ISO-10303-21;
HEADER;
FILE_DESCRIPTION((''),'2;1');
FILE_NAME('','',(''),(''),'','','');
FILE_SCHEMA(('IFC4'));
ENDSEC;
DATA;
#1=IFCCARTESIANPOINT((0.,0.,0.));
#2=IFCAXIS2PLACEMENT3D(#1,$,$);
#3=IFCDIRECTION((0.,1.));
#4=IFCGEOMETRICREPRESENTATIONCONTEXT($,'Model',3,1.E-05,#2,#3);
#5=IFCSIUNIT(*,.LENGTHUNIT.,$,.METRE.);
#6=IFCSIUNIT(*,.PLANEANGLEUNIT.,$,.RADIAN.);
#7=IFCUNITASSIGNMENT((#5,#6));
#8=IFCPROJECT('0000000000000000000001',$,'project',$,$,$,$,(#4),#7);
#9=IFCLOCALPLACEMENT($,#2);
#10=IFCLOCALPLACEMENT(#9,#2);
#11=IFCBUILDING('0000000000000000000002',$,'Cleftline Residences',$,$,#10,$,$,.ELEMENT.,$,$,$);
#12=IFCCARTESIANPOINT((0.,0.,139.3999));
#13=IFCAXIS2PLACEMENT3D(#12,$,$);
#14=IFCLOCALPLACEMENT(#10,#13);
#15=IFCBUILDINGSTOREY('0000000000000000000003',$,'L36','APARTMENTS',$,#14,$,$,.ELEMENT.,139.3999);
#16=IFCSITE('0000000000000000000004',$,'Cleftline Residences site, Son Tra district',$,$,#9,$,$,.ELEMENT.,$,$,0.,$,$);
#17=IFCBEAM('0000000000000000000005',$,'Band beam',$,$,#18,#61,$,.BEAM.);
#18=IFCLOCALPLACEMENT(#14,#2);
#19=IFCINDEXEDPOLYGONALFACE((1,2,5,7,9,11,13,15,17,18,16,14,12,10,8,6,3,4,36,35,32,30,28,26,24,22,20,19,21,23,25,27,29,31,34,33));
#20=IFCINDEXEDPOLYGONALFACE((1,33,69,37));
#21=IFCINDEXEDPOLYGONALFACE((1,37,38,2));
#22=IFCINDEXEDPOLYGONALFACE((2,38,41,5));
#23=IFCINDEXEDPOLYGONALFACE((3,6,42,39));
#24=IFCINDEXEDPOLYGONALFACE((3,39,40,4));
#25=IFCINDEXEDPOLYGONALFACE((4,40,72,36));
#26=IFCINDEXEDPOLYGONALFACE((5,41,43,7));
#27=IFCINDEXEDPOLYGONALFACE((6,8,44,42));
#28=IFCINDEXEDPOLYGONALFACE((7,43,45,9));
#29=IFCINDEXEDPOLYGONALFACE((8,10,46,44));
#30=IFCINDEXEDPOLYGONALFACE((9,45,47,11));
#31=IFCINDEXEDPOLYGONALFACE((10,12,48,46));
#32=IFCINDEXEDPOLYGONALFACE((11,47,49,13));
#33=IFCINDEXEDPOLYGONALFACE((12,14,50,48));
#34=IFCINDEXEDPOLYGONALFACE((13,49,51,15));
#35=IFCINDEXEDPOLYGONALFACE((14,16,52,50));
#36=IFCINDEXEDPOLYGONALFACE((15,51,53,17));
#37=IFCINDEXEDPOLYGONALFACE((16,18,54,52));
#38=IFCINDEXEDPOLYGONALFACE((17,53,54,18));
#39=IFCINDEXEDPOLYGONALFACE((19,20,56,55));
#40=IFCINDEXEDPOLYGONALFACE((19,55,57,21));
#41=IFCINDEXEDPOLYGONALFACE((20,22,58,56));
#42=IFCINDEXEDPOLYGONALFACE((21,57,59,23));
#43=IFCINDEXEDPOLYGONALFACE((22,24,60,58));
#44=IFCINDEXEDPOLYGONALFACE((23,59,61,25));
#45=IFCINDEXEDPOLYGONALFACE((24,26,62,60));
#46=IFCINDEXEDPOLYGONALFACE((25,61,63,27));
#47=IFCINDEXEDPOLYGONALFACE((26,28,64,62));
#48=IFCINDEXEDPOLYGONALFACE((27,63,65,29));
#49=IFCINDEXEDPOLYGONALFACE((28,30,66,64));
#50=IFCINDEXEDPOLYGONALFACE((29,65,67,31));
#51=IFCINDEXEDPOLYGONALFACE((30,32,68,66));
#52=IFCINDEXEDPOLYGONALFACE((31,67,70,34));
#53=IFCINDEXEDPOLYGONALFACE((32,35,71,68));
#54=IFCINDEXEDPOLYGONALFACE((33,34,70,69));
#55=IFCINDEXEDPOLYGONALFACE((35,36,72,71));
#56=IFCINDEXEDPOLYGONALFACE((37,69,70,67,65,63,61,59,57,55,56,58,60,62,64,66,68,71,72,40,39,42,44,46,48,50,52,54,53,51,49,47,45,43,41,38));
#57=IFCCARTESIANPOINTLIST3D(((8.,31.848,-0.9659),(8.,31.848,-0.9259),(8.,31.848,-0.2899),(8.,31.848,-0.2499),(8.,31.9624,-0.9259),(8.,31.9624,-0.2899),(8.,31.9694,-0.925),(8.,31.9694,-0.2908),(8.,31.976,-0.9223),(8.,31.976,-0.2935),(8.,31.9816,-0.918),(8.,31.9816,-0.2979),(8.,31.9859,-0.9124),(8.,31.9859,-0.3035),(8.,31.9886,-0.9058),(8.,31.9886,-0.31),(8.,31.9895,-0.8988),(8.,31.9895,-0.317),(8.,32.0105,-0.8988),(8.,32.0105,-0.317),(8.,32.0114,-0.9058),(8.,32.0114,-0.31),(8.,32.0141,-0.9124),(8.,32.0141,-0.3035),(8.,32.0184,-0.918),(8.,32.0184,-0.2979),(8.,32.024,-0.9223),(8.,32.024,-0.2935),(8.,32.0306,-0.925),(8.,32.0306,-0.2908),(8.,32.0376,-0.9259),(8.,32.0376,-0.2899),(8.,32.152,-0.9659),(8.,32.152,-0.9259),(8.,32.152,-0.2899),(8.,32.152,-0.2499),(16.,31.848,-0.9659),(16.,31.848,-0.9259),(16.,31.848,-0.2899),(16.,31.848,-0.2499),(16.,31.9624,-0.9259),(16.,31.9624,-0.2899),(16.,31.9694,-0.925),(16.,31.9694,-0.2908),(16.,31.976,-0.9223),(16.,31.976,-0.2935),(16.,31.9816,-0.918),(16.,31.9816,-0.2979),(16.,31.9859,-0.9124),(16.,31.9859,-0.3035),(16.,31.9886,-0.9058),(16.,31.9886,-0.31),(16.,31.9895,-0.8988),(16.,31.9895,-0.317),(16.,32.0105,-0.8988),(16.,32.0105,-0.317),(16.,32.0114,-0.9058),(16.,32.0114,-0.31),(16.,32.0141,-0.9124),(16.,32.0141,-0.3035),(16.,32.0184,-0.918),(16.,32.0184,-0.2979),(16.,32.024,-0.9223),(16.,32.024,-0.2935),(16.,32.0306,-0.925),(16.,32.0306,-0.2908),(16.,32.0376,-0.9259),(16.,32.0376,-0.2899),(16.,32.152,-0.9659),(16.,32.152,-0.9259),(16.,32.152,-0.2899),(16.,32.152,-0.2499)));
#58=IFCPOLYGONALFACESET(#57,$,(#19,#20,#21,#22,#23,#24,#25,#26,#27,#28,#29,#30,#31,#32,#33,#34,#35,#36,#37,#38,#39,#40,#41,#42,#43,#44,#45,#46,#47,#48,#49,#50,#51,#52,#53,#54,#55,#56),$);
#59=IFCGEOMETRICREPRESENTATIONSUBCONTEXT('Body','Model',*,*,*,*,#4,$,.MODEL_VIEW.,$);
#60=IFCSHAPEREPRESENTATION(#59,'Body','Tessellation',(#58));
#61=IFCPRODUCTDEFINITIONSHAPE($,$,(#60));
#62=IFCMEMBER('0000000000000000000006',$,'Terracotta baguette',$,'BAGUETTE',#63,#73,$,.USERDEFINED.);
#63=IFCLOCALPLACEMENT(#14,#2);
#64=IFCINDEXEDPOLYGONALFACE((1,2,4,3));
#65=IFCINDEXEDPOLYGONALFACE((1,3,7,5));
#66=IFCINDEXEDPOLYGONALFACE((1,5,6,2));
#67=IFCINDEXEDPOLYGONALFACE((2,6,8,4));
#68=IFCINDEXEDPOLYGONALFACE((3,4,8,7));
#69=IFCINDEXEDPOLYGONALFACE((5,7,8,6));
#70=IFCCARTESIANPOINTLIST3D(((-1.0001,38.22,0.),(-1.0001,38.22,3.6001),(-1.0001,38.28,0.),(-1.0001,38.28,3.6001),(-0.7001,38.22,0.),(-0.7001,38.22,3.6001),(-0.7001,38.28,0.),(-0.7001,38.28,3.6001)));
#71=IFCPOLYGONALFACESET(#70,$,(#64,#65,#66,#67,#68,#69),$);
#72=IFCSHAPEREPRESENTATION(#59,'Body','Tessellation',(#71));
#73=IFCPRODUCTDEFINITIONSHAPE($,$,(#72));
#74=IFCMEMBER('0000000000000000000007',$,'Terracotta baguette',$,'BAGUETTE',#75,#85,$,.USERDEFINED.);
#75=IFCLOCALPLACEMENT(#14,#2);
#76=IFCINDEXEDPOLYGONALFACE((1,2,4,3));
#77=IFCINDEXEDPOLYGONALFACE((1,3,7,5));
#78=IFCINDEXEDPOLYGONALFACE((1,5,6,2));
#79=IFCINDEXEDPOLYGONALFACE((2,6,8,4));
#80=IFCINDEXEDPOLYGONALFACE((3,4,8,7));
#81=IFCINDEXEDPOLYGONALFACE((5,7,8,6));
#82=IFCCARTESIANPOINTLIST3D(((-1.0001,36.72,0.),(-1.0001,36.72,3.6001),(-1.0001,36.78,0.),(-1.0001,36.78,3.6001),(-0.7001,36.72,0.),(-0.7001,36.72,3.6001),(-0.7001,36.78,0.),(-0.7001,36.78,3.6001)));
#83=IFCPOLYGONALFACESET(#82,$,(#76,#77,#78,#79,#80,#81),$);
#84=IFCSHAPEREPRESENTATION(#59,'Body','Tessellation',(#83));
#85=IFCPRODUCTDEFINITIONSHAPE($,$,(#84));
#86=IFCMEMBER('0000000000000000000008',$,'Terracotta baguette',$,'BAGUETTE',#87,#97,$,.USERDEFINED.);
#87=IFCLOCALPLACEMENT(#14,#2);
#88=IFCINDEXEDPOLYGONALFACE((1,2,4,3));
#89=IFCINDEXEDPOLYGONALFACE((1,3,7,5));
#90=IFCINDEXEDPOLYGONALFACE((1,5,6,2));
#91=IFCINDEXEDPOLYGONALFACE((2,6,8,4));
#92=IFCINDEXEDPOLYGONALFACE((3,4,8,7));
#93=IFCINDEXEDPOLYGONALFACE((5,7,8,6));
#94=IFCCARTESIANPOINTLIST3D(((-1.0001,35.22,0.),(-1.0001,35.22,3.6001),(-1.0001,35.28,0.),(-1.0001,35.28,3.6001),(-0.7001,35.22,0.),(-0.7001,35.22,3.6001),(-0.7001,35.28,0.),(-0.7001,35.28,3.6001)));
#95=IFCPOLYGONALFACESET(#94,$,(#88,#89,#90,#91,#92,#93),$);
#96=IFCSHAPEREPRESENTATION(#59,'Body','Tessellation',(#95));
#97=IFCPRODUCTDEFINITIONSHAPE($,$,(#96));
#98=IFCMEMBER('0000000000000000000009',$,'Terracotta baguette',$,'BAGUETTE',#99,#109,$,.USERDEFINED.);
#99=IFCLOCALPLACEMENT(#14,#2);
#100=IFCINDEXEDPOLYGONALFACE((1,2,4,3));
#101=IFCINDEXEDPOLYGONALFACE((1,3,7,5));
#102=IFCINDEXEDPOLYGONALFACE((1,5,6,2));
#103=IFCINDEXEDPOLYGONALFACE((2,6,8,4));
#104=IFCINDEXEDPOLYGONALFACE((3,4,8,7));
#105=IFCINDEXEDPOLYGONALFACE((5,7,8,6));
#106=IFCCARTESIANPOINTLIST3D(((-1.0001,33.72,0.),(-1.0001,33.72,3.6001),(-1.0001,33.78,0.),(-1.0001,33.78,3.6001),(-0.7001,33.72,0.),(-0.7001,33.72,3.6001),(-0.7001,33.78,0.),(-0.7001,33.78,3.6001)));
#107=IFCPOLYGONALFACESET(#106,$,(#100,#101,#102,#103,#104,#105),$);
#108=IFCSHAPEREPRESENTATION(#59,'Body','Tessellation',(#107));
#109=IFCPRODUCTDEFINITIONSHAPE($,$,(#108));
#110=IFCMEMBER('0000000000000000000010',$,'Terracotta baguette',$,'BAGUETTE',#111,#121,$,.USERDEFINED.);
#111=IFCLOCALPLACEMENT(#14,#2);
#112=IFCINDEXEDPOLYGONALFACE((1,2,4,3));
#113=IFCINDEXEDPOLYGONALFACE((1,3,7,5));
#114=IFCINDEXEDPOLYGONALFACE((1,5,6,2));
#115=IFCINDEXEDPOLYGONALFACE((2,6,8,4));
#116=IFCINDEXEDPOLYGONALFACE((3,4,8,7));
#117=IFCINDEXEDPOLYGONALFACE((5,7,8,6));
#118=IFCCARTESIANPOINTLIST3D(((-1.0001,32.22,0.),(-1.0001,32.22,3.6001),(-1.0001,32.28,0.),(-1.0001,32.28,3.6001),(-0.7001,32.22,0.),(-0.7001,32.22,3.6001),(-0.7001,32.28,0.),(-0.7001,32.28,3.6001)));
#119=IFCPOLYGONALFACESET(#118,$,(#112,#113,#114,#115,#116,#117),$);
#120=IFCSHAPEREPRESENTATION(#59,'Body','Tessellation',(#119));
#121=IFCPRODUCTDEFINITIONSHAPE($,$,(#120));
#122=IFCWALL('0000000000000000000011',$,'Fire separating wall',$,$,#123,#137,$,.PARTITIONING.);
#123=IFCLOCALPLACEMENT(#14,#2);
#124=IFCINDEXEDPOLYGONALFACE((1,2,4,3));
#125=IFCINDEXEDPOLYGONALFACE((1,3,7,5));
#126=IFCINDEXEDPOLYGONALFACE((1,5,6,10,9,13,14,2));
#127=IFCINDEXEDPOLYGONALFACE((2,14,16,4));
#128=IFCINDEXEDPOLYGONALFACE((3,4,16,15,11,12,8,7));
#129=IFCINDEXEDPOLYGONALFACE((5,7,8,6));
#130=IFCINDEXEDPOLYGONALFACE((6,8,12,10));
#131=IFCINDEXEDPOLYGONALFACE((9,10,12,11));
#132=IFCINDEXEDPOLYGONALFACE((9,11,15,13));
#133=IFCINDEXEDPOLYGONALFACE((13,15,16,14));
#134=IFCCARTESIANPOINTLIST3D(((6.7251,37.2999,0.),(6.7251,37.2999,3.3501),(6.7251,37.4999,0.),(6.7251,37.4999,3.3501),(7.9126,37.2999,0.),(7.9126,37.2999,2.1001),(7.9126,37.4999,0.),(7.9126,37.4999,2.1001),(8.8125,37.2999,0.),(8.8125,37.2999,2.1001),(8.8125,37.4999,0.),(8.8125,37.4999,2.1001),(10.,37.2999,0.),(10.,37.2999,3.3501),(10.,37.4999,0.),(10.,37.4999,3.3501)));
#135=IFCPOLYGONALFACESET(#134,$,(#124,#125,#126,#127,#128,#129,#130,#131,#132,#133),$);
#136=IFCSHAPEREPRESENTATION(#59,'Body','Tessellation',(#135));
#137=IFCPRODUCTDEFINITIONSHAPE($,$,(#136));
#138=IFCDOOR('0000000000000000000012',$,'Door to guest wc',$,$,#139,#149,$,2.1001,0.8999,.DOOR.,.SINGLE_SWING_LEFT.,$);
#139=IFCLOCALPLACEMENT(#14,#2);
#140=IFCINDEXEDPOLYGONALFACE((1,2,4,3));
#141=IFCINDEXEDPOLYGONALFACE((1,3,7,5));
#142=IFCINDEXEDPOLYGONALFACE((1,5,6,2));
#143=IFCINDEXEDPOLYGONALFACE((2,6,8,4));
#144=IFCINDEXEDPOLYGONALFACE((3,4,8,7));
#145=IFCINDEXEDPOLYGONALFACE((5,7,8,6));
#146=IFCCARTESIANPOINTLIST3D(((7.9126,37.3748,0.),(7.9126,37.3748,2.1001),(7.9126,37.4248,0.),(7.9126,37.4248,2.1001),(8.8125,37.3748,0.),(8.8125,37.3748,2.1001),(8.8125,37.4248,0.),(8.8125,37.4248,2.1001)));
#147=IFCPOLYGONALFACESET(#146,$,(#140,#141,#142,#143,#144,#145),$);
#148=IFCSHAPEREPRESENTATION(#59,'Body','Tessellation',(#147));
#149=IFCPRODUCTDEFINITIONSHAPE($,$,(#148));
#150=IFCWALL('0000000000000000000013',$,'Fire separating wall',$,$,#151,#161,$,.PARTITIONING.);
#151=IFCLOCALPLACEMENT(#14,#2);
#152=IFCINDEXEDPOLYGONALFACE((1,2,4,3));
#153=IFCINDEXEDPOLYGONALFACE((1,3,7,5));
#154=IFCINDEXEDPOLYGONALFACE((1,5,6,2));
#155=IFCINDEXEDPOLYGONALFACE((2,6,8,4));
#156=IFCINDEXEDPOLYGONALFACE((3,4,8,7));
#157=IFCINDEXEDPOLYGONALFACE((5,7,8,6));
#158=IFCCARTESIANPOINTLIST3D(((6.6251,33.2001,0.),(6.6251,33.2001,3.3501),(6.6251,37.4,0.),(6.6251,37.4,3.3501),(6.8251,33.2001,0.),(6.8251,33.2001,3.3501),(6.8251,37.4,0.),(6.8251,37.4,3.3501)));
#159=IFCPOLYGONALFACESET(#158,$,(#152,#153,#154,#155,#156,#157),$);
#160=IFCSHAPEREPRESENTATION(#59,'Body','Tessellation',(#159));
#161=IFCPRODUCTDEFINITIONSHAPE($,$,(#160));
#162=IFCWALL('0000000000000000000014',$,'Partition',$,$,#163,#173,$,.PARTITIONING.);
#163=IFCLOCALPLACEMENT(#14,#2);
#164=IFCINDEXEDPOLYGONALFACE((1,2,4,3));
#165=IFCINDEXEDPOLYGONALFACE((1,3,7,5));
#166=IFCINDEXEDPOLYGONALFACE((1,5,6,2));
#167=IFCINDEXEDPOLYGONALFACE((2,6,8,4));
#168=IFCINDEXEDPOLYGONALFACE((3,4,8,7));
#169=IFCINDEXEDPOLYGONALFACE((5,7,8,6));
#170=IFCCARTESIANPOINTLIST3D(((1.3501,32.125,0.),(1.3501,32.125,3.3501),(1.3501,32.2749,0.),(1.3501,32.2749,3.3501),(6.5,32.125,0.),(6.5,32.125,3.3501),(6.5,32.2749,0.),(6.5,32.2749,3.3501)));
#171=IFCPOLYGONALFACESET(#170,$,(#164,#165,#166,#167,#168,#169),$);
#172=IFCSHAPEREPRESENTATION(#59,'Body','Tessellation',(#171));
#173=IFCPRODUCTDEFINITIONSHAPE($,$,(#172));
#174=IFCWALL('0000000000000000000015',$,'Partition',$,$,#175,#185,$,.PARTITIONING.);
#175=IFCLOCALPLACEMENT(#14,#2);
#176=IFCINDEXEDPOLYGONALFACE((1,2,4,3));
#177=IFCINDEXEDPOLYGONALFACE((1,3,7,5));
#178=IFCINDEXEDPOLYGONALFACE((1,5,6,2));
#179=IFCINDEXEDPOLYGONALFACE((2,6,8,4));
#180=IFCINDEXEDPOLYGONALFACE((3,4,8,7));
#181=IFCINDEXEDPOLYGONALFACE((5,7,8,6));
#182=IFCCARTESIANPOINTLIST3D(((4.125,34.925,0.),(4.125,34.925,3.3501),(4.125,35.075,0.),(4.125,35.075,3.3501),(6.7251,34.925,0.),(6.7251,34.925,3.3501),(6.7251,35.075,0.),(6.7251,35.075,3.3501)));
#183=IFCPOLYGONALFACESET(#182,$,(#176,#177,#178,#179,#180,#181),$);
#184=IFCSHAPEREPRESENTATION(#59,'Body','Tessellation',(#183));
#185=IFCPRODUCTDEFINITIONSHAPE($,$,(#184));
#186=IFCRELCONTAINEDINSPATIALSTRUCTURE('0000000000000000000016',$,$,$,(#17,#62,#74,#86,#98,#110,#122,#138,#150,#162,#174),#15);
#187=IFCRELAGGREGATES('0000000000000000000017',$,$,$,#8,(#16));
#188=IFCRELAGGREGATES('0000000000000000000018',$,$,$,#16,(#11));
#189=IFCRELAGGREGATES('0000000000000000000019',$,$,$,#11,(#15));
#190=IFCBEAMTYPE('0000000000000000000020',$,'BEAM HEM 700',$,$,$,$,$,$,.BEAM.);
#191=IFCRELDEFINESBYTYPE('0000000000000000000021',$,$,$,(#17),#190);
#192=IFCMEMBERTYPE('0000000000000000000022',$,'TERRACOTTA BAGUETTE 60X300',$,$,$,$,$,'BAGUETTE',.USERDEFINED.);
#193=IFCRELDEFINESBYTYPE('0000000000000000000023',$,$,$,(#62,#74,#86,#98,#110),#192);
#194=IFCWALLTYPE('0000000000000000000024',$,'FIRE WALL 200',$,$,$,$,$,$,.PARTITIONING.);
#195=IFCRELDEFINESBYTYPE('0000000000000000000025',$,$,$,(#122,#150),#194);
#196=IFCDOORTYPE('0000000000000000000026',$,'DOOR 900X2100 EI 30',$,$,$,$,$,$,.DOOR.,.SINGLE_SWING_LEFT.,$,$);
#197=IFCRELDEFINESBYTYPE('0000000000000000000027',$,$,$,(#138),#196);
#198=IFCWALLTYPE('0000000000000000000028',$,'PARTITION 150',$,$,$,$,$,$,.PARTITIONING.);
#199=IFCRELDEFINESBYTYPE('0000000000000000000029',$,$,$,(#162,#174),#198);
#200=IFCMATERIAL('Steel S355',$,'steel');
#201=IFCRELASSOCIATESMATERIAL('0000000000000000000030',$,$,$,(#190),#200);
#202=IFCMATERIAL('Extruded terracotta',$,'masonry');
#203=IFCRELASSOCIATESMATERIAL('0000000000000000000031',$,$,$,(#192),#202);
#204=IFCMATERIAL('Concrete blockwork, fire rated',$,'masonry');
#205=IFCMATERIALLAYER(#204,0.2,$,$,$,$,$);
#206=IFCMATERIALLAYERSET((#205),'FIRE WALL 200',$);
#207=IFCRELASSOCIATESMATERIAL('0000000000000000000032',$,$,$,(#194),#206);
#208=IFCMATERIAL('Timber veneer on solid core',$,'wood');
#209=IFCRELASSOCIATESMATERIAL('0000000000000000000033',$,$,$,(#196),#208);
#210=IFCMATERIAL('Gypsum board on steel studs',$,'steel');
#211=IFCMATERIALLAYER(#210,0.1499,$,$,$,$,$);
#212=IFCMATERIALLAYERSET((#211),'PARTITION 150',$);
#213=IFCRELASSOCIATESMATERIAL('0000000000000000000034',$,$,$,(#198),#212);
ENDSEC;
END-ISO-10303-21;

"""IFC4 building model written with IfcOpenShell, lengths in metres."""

from ifc_helpers import new_model, si_unit, direction, frame, frame_2d, origin, origin_2d, place, context, subcontext, project, spatial, rectangle, i_section, extrude, material, layer, layer_set, material_profile, profile_set, type_object, element, fill, save


model = new_model("IFC4")

# Units and contexts
model_context = context("Model", 3, precision=1e-05, world=origin(), true_north=direction((0.0, 1.0)))
body_context = subcontext(model_context, "Body", "Model", "MODEL_VIEW")
ifc_project = project(units=[si_unit("LENGTHUNIT", "METRE"), si_unit("PLANEANGLEUNIT", "RADIAN")], contexts=[model_context])

# Site, building, storey
site_placement = place(None, origin())
site = spatial("IfcSite", under=ifc_project, at=site_placement, Name="Cleftline Residences site, Son Tra district", CompositionType="ELEMENT", RefElevation=0.0)
building_placement = place(site_placement, origin())
building = spatial("IfcBuilding", under=site, at=building_placement, Name="Cleftline Residences", CompositionType="ELEMENT")
storey_placement = place(building_placement, frame((0.0, 0.0, 139.3999)))
storey = spatial("IfcBuildingStorey", under=building, at=storey_placement, Name="L36", Description="APARTMENTS", CompositionType="ELEMENT", Elevation=139.3999)

# Beam
ifc_material_1 = material(Name="Steel S355", Category="steel")
ifc_material_profile_1 = material_profile(ifc_material_1, i_section(OverallWidth=0.304, OverallDepth=0.7161, WebThickness=0.021, FlangeThickness=0.04, FilletRadius=0.0271, at=origin_2d()))
ifc_profile_set_1 = profile_set([ifc_material_profile_1], Name="Steel S355")
beam_type = type_object("IfcBeamType", Name="BEAM HEM 700", PredefinedType="BEAM", material=ifc_profile_set_1)
beam_placement = place(storey_placement, frame((8.0, 32.0, -0.6079), z_axis=(1.0, 0.0, 0.0), x_axis=(0.0, 1.0, 0.0)))
element("IfcBeam", 1, at=beam_placement, inside=storey, type_object=beam_type, Name="Band beam", PredefinedType="BEAM", context=body_context, shape_type="SweptSolid", body=[
    extrude(i_section(OverallWidth=0.304, OverallDepth=0.7161, WebThickness=0.021, FlangeThickness=0.04, FilletRadius=0.0271, at=origin_2d()), origin(), (0.0, 0.0, 1.0), 8.0),
])

# Members
ifc_material_2 = material(Name="Extruded terracotta", Category="masonry")
ifc_material_profile_2 = material_profile(ifc_material_2, rectangle(XDim=0.0601, YDim=0.3, at=origin_2d()))
ifc_profile_set_2 = profile_set([ifc_material_profile_2], Name="Extruded terracotta")
member_type = type_object("IfcMemberType", Name="TERRACOTTA BAGUETTE 60X300", ElementType="BAGUETTE", PredefinedType="USERDEFINED", material=ifc_profile_set_2)
for number, where, z_axis, x_axis, name in (
    (2, (-0.8501, 38.25, 0.0), (0.0, 0.0, 1.0), (0.0, 1.0, 0.0), "Terracotta baguette"),
    (3, (-0.8501, 36.75, 0.0), (0.0, 0.0, 1.0), (0.0, 1.0, 0.0), "Terracotta baguette"),
    (4, (-0.8501, 35.25, 0.0), (0.0, 0.0, 1.0), (0.0, 1.0, 0.0), "Terracotta baguette"),
    (5, (-0.8501, 33.75, 0.0), (0.0, 0.0, 1.0), (0.0, 1.0, 0.0), "Terracotta baguette"),
    (6, (-0.8501, 32.25, 0.0), (0.0, 0.0, 1.0), (0.0, 1.0, 0.0), "Terracotta baguette"),
):
    element("IfcMember", number, at=place(storey_placement, frame(where, z_axis=z_axis, x_axis=x_axis)), inside=storey, type_object=member_type, Name=name, ObjectType="BAGUETTE", PredefinedType="USERDEFINED", context=body_context, shape_type="SweptSolid", body=[
        extrude(rectangle(XDim=0.0601, YDim=0.3, at=origin_2d()), origin(), (0.0, 0.0, 1.0), 3.6001),
    ])

# Wall, opening, door
ifc_material_3 = material(Name="Concrete blockwork, fire rated", Category="masonry")
ifc_layer_1 = layer(ifc_material_3, 0.2)
ifc_layer_set_1 = layer_set([ifc_layer_1], Name="FIRE WALL 200")
wall_type_1 = type_object("IfcWallType", Name="FIRE WALL 200", PredefinedType="PARTITIONING", material=ifc_layer_set_1)
wall_1_placement = place(storey_placement, frame((6.7251, 37.3999, 0.0), z_axis=(0.0, 0.0, 1.0), x_axis=(1.0, 0.0, 0.0)))
wall_1 = element("IfcWall", 7, at=wall_1_placement, inside=storey, type_object=wall_type_1, Name="Fire separating wall", PredefinedType="PARTITIONING", context=body_context, shape_type="SweptSolid", body=[
    extrude(rectangle(XDim=3.2749, YDim=0.2, at=frame_2d((1.6375, 0.0))), origin(), (0.0, 0.0, 1.0), 3.3501),
])
opening_1_placement = place(wall_1_placement, frame((1.1875, 0.0, 0.0)))
opening_1 = element("IfcOpeningElement", 8, at=opening_1_placement, cuts=wall_1, PredefinedType="OPENING", context=body_context, shape_type="SweptSolid", body=[
    extrude(rectangle(XDim=0.8999, YDim=2.1001, at=frame_2d((0.45, 1.05))), frame((0.0, 0.1099, 0.0), z_axis=(0.0, -1.0, 0.0), x_axis=(1.0, 0.0, 0.0)), (0.0, 0.0, 1.0), 0.22),
])
ifc_material_4 = material(Name="Timber veneer on solid core", Category="wood")
door_type_1 = type_object("IfcDoorType", Name="DOOR 900X2100 EI 30", OperationType="SINGLE_SWING_LEFT", PredefinedType="DOOR", material=ifc_material_4)
door_1_placement = place(opening_1_placement, origin())
door_1 = element("IfcDoor", 9, at=door_1_placement, inside=storey, type_object=door_type_1, Name="Door to guest wc", OperationType="SINGLE_SWING_LEFT", OverallHeight=2.1001, OverallWidth=0.8999, PredefinedType="DOOR", context=body_context, shape_type="SweptSolid", body=[
    extrude(rectangle(XDim=0.8999, YDim=2.1001, at=frame_2d((0.45, 1.05))), frame((0.0, 0.0249, 0.0), z_axis=(0.0, -1.0, 0.0), x_axis=(1.0, 0.0, 0.0)), (0.0, 0.0, 1.0), 0.05),
])
fill(opening_1, door_1)

# Walls
wall_2_placement = place(storey_placement, frame((6.7251, 33.2, 0.0), z_axis=(0.0, 0.0, 1.0), x_axis=(0.0, 1.0, 0.0)))
element("IfcWall", 10, at=wall_2_placement, inside=storey, type_object=wall_type_1, Name="Fire separating wall", PredefinedType="PARTITIONING", context=body_context, shape_type="SweptSolid", body=[
    extrude(rectangle(XDim=4.2, YDim=0.2, at=frame_2d((2.1001, 0.0))), origin(), (0.0, 0.0, 1.0), 3.3501),
])
ifc_material_5 = material(Name="Gypsum board on steel studs", Category="steel")
ifc_layer_2 = layer(ifc_material_5, 0.1499)
ifc_layer_set_2 = layer_set([ifc_layer_2], Name="PARTITION 150")
wall_type_2 = type_object("IfcWallType", Name="PARTITION 150", PredefinedType="PARTITIONING", material=ifc_layer_set_2)
wall_3_placement = place(storey_placement, frame((1.3501, 32.2, 0.0), z_axis=(0.0, 0.0, 1.0), x_axis=(1.0, 0.0, 0.0)))
element("IfcWall", 11, at=wall_3_placement, inside=storey, type_object=wall_type_2, Name="Partition", PredefinedType="PARTITIONING", context=body_context, shape_type="SweptSolid", body=[
    extrude(rectangle(XDim=5.1499, YDim=0.1499, at=frame_2d((2.575, 0.0))), origin(), (0.0, 0.0, 1.0), 3.3501),
])
wall_4_placement = place(storey_placement, frame((4.125, 35.0, 0.0), z_axis=(0.0, 0.0, 1.0), x_axis=(1.0, 0.0, 0.0)))
element("IfcWall", 12, at=wall_4_placement, inside=storey, type_object=wall_type_2, Name="Partition", PredefinedType="PARTITIONING", context=body_context, shape_type="SweptSolid", body=[
    extrude(rectangle(XDim=2.6001, YDim=0.1499, at=frame_2d((1.3, 0.0))), origin(), (0.0, 0.0, 1.0), 3.3501),
])

save(model, "model.ifc")
